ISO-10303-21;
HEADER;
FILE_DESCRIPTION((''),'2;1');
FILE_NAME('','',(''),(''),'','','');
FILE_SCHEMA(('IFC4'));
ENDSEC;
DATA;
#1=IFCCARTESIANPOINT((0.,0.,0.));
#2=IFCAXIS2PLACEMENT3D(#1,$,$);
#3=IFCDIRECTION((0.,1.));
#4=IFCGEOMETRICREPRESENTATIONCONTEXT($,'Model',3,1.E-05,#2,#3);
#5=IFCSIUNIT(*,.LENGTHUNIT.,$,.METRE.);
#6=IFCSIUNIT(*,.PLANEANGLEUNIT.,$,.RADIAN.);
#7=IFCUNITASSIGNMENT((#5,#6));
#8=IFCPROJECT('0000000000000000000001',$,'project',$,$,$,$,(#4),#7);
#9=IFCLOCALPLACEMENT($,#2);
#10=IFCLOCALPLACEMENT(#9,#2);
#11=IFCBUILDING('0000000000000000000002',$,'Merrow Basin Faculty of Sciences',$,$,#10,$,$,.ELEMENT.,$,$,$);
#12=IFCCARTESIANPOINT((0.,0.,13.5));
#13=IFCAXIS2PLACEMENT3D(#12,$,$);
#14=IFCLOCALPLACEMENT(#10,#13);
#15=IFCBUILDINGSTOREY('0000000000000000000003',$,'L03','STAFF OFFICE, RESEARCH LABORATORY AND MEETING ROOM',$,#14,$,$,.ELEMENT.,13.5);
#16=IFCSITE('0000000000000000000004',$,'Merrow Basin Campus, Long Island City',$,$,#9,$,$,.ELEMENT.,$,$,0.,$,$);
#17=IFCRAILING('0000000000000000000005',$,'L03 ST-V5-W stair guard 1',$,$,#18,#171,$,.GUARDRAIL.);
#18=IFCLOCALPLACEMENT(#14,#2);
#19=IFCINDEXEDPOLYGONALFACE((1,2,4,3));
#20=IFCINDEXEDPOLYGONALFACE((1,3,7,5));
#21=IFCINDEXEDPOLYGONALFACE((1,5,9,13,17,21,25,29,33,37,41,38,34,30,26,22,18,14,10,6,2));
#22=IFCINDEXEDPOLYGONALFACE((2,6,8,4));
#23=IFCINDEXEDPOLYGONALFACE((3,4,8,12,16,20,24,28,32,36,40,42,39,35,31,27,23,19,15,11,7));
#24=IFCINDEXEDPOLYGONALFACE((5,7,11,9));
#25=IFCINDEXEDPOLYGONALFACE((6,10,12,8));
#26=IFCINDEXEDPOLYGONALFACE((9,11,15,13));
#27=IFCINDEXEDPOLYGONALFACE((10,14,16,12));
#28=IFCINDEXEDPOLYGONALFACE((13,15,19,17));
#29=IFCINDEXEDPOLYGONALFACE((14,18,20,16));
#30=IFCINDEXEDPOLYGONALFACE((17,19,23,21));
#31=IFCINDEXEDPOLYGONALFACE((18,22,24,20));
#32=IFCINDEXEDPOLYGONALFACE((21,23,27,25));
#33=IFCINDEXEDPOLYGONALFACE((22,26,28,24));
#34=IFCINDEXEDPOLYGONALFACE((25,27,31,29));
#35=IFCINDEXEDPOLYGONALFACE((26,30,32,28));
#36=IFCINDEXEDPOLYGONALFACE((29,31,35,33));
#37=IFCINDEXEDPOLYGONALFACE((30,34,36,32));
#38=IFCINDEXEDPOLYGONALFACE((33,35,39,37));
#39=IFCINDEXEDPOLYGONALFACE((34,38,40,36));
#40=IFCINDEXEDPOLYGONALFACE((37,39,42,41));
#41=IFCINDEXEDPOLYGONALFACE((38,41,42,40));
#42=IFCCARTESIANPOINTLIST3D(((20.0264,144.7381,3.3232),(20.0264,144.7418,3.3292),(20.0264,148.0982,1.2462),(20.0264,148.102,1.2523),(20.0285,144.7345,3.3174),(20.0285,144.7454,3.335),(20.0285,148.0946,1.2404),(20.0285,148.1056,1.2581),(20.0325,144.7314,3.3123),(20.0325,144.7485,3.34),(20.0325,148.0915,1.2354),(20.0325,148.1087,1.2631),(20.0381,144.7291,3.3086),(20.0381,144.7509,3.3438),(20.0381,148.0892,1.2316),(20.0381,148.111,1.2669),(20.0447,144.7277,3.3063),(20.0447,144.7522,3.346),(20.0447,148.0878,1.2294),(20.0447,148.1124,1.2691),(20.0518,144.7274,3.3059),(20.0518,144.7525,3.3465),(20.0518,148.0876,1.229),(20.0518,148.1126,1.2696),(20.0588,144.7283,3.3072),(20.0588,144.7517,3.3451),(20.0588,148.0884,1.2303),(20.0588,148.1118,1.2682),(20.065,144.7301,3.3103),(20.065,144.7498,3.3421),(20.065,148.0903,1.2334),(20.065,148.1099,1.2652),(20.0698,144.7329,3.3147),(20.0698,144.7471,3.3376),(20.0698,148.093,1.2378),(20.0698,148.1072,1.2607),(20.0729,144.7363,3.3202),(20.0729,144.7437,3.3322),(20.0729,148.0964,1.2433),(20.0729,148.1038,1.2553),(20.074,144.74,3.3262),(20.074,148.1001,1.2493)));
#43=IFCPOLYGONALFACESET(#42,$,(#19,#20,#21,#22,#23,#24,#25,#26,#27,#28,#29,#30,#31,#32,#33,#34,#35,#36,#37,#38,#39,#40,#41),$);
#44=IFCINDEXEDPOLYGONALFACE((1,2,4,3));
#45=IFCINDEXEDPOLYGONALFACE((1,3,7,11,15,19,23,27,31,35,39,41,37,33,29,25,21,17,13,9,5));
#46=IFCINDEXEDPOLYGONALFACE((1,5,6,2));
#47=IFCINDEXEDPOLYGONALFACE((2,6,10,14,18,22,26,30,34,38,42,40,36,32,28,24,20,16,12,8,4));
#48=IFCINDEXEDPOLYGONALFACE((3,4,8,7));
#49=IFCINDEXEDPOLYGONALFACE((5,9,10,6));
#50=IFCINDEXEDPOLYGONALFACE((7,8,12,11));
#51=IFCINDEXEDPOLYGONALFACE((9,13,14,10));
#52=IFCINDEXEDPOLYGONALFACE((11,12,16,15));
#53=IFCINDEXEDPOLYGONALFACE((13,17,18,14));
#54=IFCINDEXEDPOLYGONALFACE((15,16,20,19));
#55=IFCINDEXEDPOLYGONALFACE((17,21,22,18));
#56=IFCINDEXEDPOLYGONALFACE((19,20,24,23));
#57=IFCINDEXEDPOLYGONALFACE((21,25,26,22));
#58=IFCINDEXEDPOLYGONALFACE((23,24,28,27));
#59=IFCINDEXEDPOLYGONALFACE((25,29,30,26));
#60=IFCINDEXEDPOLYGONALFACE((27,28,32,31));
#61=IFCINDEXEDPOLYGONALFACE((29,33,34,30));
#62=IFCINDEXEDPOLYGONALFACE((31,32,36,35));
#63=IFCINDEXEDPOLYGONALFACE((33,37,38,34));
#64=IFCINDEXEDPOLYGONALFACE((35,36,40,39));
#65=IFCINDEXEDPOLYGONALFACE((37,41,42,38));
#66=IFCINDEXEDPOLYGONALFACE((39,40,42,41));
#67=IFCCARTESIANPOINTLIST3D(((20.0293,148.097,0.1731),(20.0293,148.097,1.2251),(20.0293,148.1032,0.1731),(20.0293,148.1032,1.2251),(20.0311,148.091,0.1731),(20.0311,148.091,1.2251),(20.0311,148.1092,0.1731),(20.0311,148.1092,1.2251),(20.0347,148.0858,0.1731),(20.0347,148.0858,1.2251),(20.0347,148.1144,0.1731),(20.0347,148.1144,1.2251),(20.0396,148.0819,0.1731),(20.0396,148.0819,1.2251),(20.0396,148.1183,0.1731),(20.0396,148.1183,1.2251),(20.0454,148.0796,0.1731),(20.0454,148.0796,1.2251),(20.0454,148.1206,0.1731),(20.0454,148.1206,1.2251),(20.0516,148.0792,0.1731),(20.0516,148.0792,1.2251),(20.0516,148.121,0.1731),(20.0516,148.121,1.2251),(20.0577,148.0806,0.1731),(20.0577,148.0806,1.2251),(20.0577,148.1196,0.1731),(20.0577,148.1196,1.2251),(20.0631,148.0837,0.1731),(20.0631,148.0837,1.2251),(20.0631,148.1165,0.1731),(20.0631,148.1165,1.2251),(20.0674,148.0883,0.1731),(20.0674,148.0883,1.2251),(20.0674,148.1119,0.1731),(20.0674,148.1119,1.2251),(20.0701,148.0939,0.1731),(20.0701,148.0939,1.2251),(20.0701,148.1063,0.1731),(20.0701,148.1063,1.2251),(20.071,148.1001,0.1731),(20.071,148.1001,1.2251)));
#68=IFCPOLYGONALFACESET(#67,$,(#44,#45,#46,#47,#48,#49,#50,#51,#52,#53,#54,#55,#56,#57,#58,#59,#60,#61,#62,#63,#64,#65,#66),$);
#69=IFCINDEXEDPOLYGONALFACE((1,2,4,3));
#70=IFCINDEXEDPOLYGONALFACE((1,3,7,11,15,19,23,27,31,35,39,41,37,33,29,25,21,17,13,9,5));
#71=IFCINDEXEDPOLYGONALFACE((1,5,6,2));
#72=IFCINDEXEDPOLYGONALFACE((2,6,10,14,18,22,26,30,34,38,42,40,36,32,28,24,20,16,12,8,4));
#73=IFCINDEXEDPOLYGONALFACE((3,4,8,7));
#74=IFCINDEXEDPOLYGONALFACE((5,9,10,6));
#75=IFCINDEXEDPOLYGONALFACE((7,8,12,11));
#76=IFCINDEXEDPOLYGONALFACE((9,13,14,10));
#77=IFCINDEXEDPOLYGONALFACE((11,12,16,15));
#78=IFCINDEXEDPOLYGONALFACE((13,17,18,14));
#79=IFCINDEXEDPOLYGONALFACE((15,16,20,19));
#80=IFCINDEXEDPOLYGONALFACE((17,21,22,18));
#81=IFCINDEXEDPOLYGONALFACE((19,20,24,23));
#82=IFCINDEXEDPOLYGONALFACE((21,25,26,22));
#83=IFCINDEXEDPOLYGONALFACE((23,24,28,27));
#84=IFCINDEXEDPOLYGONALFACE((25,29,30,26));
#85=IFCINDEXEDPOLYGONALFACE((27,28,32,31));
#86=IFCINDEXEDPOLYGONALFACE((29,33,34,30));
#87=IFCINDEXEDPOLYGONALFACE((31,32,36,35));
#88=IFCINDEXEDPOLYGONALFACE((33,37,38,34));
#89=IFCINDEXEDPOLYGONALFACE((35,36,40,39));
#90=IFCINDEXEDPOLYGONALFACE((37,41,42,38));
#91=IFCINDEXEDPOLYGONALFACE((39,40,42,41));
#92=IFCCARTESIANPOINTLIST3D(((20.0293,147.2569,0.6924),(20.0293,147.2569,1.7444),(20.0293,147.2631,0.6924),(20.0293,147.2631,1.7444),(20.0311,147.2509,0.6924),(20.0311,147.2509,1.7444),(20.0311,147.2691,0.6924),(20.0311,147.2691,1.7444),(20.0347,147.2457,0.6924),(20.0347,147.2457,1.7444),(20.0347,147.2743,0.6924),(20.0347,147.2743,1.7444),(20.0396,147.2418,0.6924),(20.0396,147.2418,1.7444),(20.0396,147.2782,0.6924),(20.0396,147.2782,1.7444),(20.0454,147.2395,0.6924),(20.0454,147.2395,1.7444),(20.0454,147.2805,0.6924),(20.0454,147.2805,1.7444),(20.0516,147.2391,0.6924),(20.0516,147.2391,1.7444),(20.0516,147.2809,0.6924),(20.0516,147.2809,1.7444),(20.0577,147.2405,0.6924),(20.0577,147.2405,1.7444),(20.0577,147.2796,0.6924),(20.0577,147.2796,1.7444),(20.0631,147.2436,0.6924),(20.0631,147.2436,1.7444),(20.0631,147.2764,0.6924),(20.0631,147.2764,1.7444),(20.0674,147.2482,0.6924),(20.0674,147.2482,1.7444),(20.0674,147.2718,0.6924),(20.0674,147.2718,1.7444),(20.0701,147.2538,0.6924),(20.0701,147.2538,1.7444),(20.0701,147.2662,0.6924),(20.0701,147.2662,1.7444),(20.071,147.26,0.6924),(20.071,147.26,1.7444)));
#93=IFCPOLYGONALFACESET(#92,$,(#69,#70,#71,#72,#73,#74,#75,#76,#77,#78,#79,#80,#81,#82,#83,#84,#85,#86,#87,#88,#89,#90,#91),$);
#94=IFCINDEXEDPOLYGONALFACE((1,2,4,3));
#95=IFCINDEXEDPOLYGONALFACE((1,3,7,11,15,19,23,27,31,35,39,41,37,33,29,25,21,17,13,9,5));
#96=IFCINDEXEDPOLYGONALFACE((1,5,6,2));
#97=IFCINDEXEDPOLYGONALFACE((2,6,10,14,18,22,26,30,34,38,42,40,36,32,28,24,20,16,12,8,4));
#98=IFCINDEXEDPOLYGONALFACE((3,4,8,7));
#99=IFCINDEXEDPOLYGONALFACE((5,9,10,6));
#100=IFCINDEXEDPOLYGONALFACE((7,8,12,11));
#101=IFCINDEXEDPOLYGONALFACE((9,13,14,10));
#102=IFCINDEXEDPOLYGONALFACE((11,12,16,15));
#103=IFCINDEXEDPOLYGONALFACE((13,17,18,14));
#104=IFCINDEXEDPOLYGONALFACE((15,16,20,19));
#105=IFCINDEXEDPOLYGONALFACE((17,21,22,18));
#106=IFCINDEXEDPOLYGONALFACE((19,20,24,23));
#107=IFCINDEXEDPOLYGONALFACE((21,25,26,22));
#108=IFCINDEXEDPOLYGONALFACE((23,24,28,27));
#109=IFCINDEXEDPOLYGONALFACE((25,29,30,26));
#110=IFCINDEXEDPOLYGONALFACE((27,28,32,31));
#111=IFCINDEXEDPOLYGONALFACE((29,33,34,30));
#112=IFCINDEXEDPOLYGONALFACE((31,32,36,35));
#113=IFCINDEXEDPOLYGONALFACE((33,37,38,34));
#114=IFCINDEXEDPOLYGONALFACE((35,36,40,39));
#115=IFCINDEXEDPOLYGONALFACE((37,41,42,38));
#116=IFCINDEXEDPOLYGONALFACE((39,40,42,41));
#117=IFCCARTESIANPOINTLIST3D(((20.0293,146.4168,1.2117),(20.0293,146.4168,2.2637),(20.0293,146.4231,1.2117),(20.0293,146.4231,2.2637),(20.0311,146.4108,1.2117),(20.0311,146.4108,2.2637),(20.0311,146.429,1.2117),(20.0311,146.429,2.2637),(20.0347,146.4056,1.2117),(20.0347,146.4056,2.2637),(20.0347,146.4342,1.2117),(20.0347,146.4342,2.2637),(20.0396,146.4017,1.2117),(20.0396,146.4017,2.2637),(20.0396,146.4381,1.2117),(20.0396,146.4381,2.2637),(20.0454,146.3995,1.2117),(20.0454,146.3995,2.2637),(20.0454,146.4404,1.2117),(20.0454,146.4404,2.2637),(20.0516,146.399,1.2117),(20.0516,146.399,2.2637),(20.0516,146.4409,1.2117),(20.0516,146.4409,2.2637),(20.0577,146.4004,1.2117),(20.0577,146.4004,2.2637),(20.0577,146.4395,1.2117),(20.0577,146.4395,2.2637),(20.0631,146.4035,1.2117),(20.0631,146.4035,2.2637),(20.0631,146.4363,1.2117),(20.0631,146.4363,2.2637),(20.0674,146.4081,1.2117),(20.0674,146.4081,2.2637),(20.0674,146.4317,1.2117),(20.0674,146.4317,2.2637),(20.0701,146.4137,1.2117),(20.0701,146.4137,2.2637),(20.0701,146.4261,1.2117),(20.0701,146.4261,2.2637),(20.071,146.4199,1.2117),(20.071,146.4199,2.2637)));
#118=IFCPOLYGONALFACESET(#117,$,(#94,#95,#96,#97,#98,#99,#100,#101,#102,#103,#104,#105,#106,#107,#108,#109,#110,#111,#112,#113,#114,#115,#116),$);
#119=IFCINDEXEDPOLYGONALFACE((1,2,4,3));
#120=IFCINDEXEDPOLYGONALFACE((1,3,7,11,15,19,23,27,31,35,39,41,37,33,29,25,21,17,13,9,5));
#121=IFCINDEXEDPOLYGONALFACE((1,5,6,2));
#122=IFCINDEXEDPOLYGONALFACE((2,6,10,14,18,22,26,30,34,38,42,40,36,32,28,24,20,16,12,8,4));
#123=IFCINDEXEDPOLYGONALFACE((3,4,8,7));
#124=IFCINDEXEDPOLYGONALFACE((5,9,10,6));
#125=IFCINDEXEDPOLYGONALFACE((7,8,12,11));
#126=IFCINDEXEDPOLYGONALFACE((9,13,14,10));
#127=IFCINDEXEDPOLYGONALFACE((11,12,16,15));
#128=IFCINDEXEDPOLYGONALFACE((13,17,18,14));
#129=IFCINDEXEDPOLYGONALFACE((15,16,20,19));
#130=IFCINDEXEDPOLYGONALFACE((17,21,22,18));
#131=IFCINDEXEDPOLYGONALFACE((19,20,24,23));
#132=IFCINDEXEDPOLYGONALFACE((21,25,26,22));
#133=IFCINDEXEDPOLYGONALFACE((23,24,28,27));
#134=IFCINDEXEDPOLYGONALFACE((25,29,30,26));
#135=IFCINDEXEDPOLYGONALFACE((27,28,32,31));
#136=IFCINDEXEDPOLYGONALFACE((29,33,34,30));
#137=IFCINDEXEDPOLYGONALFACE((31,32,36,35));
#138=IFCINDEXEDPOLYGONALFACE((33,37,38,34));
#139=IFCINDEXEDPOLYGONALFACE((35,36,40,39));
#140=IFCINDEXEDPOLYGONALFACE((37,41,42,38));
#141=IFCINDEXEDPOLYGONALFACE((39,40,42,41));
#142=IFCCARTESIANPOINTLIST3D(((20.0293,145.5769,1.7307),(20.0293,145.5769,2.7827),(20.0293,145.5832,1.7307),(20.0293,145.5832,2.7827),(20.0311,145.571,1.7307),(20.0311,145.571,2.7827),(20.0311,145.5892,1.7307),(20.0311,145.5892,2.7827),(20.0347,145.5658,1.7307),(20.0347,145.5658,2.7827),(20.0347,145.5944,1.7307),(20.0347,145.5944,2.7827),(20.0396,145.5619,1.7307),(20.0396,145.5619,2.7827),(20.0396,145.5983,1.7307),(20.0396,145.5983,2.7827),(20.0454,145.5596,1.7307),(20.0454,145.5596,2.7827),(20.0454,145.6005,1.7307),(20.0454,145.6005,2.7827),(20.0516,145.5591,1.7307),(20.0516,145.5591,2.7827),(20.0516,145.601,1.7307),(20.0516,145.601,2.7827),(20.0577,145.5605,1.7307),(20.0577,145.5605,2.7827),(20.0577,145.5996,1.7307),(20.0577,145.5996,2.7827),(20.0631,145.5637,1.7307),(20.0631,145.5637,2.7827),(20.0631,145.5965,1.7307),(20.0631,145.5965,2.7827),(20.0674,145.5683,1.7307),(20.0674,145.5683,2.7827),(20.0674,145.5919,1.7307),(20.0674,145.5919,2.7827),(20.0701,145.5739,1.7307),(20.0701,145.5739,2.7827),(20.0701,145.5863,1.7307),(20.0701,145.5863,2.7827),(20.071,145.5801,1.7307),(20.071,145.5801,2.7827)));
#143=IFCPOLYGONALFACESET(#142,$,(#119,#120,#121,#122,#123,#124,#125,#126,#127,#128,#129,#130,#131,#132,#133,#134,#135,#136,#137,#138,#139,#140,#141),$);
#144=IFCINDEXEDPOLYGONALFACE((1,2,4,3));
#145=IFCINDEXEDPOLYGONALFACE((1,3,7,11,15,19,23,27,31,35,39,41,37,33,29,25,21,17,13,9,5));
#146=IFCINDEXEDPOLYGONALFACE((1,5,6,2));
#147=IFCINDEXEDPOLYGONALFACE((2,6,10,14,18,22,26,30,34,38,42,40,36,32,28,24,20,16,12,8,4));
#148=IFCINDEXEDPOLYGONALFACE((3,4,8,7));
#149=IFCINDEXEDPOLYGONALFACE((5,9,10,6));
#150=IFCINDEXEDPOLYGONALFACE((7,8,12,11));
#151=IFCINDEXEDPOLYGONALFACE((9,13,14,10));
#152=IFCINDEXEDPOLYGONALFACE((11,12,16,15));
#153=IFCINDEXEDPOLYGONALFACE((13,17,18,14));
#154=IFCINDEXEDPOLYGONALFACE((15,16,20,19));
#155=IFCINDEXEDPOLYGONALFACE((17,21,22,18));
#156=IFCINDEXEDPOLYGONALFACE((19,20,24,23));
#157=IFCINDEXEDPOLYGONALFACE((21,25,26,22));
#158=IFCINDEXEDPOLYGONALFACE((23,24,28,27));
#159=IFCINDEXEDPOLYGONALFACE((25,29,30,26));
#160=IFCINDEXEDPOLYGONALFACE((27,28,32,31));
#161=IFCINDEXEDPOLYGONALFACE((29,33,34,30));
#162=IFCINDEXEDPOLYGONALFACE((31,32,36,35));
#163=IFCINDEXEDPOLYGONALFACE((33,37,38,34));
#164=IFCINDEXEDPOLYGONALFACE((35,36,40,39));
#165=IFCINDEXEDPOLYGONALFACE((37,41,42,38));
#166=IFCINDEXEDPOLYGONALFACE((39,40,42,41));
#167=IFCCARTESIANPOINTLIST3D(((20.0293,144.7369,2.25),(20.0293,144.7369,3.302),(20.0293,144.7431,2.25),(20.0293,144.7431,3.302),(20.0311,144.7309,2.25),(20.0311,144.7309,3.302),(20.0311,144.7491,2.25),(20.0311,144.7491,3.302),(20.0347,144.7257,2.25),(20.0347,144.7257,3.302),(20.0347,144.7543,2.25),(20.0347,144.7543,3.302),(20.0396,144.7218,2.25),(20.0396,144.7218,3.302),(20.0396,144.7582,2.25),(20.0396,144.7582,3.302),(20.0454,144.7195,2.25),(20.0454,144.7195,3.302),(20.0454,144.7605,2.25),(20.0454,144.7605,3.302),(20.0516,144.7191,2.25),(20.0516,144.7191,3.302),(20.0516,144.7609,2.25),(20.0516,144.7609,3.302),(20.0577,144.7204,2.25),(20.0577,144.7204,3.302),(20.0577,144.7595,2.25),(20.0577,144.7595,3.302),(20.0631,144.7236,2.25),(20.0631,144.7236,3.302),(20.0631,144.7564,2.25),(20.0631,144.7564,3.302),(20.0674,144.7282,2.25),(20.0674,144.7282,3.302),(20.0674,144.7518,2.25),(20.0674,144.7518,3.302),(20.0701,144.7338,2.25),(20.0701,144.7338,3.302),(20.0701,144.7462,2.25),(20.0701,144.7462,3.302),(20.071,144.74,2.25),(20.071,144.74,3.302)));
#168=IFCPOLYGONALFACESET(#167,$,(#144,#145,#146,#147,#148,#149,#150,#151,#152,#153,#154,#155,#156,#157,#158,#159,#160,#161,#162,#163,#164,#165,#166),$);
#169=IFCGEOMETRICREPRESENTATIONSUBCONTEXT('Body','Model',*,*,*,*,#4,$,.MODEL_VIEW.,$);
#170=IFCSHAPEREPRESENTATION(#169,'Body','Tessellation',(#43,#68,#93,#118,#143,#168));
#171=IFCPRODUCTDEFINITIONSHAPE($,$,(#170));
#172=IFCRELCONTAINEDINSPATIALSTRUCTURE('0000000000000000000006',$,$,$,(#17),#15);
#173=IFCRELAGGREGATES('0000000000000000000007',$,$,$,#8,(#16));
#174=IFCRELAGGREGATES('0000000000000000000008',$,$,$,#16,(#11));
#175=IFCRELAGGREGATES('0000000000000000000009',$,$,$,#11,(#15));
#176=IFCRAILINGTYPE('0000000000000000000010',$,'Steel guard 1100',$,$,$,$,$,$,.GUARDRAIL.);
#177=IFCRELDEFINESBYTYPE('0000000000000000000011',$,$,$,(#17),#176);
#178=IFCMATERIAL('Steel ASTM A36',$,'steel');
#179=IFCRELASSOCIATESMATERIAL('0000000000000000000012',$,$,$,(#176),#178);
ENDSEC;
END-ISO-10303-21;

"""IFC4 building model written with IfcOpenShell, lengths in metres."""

from ifc_helpers import new_model, si_unit, direction, frame, origin, origin_2d, place, context, subcontext, project, spatial, circle, extrude, material, type_object, element, save


model = new_model("IFC4")

# Units and contexts
model_context = context("Model", 3, precision=1e-05, world=origin(), true_north=direction((0.0, 1.0)))
body_context = subcontext(model_context, "Body", "Model", "MODEL_VIEW")
ifc_project = project(units=[si_unit("LENGTHUNIT", "METRE"), si_unit("PLANEANGLEUNIT", "RADIAN")], contexts=[model_context])

# Site, building, storey
site_placement = place(None, origin())
site = spatial("IfcSite", under=ifc_project, at=site_placement, Name="Merrow Basin Campus, Long Island City", CompositionType="ELEMENT", RefElevation=0.0)
building_placement = place(site_placement, origin())
building = spatial("IfcBuilding", under=site, at=building_placement, Name="Merrow Basin Faculty of Sciences", CompositionType="ELEMENT")
storey_placement = place(building_placement, frame((0.0, 0.0, 13.5)))
storey = spatial("IfcBuildingStorey", under=building, at=storey_placement, Name="L03", Description="STAFF OFFICE, RESEARCH LABORATORY AND MEETING ROOM", CompositionType="ELEMENT", Elevation=13.5)

# Railing
ifc_material_1 = material(Name="Steel ASTM A36", Category="steel")
railing_type_1 = type_object("IfcRailingType", Name="Steel guard 1100", PredefinedType="GUARDRAIL", material=ifc_material_1)
railing_1_placement = place(storey_placement, frame((20.05, 148.1001, 0.1731)))
element("IfcRailing", 1, at=railing_1_placement, inside=storey, type_object=railing_type_1, Name="L03 ST-V5-W stair guard 1", PredefinedType="GUARDRAIL", context=body_context, shape_type="SweptSolid", body=[
    extrude(circle(Radius=0.0239, at=origin_2d()), frame((0.0, 0.0, 1.0762), z_axis=(0.0, -0.850623, 0.525776), x_axis=(1.0, 0.0, 0.0)), (0.0, 0.0, 1.0), 3.9502),
    extrude(circle(Radius=0.021, at=origin_2d()), origin(), (0.0, 0.0, 1.0), 1.052),
    extrude(circle(Radius=0.021, at=origin_2d()), frame((0.0, -0.8401, 0.5193)), (0.0, 0.0, 1.0), 1.052),
    extrude(circle(Radius=0.021, at=origin_2d()), frame((0.0, -1.6802, 1.0386)), (0.0, 0.0, 1.0), 1.052),
    extrude(circle(Radius=0.021, at=origin_2d()), frame((0.0, -2.52, 1.5576)), (0.0, 0.0, 1.0), 1.052),
    extrude(circle(Radius=0.021, at=origin_2d()), frame((0.0, -3.3601, 2.0769)), (0.0, 0.0, 1.0), 1.052),
])

save(model, "model.ifc")
